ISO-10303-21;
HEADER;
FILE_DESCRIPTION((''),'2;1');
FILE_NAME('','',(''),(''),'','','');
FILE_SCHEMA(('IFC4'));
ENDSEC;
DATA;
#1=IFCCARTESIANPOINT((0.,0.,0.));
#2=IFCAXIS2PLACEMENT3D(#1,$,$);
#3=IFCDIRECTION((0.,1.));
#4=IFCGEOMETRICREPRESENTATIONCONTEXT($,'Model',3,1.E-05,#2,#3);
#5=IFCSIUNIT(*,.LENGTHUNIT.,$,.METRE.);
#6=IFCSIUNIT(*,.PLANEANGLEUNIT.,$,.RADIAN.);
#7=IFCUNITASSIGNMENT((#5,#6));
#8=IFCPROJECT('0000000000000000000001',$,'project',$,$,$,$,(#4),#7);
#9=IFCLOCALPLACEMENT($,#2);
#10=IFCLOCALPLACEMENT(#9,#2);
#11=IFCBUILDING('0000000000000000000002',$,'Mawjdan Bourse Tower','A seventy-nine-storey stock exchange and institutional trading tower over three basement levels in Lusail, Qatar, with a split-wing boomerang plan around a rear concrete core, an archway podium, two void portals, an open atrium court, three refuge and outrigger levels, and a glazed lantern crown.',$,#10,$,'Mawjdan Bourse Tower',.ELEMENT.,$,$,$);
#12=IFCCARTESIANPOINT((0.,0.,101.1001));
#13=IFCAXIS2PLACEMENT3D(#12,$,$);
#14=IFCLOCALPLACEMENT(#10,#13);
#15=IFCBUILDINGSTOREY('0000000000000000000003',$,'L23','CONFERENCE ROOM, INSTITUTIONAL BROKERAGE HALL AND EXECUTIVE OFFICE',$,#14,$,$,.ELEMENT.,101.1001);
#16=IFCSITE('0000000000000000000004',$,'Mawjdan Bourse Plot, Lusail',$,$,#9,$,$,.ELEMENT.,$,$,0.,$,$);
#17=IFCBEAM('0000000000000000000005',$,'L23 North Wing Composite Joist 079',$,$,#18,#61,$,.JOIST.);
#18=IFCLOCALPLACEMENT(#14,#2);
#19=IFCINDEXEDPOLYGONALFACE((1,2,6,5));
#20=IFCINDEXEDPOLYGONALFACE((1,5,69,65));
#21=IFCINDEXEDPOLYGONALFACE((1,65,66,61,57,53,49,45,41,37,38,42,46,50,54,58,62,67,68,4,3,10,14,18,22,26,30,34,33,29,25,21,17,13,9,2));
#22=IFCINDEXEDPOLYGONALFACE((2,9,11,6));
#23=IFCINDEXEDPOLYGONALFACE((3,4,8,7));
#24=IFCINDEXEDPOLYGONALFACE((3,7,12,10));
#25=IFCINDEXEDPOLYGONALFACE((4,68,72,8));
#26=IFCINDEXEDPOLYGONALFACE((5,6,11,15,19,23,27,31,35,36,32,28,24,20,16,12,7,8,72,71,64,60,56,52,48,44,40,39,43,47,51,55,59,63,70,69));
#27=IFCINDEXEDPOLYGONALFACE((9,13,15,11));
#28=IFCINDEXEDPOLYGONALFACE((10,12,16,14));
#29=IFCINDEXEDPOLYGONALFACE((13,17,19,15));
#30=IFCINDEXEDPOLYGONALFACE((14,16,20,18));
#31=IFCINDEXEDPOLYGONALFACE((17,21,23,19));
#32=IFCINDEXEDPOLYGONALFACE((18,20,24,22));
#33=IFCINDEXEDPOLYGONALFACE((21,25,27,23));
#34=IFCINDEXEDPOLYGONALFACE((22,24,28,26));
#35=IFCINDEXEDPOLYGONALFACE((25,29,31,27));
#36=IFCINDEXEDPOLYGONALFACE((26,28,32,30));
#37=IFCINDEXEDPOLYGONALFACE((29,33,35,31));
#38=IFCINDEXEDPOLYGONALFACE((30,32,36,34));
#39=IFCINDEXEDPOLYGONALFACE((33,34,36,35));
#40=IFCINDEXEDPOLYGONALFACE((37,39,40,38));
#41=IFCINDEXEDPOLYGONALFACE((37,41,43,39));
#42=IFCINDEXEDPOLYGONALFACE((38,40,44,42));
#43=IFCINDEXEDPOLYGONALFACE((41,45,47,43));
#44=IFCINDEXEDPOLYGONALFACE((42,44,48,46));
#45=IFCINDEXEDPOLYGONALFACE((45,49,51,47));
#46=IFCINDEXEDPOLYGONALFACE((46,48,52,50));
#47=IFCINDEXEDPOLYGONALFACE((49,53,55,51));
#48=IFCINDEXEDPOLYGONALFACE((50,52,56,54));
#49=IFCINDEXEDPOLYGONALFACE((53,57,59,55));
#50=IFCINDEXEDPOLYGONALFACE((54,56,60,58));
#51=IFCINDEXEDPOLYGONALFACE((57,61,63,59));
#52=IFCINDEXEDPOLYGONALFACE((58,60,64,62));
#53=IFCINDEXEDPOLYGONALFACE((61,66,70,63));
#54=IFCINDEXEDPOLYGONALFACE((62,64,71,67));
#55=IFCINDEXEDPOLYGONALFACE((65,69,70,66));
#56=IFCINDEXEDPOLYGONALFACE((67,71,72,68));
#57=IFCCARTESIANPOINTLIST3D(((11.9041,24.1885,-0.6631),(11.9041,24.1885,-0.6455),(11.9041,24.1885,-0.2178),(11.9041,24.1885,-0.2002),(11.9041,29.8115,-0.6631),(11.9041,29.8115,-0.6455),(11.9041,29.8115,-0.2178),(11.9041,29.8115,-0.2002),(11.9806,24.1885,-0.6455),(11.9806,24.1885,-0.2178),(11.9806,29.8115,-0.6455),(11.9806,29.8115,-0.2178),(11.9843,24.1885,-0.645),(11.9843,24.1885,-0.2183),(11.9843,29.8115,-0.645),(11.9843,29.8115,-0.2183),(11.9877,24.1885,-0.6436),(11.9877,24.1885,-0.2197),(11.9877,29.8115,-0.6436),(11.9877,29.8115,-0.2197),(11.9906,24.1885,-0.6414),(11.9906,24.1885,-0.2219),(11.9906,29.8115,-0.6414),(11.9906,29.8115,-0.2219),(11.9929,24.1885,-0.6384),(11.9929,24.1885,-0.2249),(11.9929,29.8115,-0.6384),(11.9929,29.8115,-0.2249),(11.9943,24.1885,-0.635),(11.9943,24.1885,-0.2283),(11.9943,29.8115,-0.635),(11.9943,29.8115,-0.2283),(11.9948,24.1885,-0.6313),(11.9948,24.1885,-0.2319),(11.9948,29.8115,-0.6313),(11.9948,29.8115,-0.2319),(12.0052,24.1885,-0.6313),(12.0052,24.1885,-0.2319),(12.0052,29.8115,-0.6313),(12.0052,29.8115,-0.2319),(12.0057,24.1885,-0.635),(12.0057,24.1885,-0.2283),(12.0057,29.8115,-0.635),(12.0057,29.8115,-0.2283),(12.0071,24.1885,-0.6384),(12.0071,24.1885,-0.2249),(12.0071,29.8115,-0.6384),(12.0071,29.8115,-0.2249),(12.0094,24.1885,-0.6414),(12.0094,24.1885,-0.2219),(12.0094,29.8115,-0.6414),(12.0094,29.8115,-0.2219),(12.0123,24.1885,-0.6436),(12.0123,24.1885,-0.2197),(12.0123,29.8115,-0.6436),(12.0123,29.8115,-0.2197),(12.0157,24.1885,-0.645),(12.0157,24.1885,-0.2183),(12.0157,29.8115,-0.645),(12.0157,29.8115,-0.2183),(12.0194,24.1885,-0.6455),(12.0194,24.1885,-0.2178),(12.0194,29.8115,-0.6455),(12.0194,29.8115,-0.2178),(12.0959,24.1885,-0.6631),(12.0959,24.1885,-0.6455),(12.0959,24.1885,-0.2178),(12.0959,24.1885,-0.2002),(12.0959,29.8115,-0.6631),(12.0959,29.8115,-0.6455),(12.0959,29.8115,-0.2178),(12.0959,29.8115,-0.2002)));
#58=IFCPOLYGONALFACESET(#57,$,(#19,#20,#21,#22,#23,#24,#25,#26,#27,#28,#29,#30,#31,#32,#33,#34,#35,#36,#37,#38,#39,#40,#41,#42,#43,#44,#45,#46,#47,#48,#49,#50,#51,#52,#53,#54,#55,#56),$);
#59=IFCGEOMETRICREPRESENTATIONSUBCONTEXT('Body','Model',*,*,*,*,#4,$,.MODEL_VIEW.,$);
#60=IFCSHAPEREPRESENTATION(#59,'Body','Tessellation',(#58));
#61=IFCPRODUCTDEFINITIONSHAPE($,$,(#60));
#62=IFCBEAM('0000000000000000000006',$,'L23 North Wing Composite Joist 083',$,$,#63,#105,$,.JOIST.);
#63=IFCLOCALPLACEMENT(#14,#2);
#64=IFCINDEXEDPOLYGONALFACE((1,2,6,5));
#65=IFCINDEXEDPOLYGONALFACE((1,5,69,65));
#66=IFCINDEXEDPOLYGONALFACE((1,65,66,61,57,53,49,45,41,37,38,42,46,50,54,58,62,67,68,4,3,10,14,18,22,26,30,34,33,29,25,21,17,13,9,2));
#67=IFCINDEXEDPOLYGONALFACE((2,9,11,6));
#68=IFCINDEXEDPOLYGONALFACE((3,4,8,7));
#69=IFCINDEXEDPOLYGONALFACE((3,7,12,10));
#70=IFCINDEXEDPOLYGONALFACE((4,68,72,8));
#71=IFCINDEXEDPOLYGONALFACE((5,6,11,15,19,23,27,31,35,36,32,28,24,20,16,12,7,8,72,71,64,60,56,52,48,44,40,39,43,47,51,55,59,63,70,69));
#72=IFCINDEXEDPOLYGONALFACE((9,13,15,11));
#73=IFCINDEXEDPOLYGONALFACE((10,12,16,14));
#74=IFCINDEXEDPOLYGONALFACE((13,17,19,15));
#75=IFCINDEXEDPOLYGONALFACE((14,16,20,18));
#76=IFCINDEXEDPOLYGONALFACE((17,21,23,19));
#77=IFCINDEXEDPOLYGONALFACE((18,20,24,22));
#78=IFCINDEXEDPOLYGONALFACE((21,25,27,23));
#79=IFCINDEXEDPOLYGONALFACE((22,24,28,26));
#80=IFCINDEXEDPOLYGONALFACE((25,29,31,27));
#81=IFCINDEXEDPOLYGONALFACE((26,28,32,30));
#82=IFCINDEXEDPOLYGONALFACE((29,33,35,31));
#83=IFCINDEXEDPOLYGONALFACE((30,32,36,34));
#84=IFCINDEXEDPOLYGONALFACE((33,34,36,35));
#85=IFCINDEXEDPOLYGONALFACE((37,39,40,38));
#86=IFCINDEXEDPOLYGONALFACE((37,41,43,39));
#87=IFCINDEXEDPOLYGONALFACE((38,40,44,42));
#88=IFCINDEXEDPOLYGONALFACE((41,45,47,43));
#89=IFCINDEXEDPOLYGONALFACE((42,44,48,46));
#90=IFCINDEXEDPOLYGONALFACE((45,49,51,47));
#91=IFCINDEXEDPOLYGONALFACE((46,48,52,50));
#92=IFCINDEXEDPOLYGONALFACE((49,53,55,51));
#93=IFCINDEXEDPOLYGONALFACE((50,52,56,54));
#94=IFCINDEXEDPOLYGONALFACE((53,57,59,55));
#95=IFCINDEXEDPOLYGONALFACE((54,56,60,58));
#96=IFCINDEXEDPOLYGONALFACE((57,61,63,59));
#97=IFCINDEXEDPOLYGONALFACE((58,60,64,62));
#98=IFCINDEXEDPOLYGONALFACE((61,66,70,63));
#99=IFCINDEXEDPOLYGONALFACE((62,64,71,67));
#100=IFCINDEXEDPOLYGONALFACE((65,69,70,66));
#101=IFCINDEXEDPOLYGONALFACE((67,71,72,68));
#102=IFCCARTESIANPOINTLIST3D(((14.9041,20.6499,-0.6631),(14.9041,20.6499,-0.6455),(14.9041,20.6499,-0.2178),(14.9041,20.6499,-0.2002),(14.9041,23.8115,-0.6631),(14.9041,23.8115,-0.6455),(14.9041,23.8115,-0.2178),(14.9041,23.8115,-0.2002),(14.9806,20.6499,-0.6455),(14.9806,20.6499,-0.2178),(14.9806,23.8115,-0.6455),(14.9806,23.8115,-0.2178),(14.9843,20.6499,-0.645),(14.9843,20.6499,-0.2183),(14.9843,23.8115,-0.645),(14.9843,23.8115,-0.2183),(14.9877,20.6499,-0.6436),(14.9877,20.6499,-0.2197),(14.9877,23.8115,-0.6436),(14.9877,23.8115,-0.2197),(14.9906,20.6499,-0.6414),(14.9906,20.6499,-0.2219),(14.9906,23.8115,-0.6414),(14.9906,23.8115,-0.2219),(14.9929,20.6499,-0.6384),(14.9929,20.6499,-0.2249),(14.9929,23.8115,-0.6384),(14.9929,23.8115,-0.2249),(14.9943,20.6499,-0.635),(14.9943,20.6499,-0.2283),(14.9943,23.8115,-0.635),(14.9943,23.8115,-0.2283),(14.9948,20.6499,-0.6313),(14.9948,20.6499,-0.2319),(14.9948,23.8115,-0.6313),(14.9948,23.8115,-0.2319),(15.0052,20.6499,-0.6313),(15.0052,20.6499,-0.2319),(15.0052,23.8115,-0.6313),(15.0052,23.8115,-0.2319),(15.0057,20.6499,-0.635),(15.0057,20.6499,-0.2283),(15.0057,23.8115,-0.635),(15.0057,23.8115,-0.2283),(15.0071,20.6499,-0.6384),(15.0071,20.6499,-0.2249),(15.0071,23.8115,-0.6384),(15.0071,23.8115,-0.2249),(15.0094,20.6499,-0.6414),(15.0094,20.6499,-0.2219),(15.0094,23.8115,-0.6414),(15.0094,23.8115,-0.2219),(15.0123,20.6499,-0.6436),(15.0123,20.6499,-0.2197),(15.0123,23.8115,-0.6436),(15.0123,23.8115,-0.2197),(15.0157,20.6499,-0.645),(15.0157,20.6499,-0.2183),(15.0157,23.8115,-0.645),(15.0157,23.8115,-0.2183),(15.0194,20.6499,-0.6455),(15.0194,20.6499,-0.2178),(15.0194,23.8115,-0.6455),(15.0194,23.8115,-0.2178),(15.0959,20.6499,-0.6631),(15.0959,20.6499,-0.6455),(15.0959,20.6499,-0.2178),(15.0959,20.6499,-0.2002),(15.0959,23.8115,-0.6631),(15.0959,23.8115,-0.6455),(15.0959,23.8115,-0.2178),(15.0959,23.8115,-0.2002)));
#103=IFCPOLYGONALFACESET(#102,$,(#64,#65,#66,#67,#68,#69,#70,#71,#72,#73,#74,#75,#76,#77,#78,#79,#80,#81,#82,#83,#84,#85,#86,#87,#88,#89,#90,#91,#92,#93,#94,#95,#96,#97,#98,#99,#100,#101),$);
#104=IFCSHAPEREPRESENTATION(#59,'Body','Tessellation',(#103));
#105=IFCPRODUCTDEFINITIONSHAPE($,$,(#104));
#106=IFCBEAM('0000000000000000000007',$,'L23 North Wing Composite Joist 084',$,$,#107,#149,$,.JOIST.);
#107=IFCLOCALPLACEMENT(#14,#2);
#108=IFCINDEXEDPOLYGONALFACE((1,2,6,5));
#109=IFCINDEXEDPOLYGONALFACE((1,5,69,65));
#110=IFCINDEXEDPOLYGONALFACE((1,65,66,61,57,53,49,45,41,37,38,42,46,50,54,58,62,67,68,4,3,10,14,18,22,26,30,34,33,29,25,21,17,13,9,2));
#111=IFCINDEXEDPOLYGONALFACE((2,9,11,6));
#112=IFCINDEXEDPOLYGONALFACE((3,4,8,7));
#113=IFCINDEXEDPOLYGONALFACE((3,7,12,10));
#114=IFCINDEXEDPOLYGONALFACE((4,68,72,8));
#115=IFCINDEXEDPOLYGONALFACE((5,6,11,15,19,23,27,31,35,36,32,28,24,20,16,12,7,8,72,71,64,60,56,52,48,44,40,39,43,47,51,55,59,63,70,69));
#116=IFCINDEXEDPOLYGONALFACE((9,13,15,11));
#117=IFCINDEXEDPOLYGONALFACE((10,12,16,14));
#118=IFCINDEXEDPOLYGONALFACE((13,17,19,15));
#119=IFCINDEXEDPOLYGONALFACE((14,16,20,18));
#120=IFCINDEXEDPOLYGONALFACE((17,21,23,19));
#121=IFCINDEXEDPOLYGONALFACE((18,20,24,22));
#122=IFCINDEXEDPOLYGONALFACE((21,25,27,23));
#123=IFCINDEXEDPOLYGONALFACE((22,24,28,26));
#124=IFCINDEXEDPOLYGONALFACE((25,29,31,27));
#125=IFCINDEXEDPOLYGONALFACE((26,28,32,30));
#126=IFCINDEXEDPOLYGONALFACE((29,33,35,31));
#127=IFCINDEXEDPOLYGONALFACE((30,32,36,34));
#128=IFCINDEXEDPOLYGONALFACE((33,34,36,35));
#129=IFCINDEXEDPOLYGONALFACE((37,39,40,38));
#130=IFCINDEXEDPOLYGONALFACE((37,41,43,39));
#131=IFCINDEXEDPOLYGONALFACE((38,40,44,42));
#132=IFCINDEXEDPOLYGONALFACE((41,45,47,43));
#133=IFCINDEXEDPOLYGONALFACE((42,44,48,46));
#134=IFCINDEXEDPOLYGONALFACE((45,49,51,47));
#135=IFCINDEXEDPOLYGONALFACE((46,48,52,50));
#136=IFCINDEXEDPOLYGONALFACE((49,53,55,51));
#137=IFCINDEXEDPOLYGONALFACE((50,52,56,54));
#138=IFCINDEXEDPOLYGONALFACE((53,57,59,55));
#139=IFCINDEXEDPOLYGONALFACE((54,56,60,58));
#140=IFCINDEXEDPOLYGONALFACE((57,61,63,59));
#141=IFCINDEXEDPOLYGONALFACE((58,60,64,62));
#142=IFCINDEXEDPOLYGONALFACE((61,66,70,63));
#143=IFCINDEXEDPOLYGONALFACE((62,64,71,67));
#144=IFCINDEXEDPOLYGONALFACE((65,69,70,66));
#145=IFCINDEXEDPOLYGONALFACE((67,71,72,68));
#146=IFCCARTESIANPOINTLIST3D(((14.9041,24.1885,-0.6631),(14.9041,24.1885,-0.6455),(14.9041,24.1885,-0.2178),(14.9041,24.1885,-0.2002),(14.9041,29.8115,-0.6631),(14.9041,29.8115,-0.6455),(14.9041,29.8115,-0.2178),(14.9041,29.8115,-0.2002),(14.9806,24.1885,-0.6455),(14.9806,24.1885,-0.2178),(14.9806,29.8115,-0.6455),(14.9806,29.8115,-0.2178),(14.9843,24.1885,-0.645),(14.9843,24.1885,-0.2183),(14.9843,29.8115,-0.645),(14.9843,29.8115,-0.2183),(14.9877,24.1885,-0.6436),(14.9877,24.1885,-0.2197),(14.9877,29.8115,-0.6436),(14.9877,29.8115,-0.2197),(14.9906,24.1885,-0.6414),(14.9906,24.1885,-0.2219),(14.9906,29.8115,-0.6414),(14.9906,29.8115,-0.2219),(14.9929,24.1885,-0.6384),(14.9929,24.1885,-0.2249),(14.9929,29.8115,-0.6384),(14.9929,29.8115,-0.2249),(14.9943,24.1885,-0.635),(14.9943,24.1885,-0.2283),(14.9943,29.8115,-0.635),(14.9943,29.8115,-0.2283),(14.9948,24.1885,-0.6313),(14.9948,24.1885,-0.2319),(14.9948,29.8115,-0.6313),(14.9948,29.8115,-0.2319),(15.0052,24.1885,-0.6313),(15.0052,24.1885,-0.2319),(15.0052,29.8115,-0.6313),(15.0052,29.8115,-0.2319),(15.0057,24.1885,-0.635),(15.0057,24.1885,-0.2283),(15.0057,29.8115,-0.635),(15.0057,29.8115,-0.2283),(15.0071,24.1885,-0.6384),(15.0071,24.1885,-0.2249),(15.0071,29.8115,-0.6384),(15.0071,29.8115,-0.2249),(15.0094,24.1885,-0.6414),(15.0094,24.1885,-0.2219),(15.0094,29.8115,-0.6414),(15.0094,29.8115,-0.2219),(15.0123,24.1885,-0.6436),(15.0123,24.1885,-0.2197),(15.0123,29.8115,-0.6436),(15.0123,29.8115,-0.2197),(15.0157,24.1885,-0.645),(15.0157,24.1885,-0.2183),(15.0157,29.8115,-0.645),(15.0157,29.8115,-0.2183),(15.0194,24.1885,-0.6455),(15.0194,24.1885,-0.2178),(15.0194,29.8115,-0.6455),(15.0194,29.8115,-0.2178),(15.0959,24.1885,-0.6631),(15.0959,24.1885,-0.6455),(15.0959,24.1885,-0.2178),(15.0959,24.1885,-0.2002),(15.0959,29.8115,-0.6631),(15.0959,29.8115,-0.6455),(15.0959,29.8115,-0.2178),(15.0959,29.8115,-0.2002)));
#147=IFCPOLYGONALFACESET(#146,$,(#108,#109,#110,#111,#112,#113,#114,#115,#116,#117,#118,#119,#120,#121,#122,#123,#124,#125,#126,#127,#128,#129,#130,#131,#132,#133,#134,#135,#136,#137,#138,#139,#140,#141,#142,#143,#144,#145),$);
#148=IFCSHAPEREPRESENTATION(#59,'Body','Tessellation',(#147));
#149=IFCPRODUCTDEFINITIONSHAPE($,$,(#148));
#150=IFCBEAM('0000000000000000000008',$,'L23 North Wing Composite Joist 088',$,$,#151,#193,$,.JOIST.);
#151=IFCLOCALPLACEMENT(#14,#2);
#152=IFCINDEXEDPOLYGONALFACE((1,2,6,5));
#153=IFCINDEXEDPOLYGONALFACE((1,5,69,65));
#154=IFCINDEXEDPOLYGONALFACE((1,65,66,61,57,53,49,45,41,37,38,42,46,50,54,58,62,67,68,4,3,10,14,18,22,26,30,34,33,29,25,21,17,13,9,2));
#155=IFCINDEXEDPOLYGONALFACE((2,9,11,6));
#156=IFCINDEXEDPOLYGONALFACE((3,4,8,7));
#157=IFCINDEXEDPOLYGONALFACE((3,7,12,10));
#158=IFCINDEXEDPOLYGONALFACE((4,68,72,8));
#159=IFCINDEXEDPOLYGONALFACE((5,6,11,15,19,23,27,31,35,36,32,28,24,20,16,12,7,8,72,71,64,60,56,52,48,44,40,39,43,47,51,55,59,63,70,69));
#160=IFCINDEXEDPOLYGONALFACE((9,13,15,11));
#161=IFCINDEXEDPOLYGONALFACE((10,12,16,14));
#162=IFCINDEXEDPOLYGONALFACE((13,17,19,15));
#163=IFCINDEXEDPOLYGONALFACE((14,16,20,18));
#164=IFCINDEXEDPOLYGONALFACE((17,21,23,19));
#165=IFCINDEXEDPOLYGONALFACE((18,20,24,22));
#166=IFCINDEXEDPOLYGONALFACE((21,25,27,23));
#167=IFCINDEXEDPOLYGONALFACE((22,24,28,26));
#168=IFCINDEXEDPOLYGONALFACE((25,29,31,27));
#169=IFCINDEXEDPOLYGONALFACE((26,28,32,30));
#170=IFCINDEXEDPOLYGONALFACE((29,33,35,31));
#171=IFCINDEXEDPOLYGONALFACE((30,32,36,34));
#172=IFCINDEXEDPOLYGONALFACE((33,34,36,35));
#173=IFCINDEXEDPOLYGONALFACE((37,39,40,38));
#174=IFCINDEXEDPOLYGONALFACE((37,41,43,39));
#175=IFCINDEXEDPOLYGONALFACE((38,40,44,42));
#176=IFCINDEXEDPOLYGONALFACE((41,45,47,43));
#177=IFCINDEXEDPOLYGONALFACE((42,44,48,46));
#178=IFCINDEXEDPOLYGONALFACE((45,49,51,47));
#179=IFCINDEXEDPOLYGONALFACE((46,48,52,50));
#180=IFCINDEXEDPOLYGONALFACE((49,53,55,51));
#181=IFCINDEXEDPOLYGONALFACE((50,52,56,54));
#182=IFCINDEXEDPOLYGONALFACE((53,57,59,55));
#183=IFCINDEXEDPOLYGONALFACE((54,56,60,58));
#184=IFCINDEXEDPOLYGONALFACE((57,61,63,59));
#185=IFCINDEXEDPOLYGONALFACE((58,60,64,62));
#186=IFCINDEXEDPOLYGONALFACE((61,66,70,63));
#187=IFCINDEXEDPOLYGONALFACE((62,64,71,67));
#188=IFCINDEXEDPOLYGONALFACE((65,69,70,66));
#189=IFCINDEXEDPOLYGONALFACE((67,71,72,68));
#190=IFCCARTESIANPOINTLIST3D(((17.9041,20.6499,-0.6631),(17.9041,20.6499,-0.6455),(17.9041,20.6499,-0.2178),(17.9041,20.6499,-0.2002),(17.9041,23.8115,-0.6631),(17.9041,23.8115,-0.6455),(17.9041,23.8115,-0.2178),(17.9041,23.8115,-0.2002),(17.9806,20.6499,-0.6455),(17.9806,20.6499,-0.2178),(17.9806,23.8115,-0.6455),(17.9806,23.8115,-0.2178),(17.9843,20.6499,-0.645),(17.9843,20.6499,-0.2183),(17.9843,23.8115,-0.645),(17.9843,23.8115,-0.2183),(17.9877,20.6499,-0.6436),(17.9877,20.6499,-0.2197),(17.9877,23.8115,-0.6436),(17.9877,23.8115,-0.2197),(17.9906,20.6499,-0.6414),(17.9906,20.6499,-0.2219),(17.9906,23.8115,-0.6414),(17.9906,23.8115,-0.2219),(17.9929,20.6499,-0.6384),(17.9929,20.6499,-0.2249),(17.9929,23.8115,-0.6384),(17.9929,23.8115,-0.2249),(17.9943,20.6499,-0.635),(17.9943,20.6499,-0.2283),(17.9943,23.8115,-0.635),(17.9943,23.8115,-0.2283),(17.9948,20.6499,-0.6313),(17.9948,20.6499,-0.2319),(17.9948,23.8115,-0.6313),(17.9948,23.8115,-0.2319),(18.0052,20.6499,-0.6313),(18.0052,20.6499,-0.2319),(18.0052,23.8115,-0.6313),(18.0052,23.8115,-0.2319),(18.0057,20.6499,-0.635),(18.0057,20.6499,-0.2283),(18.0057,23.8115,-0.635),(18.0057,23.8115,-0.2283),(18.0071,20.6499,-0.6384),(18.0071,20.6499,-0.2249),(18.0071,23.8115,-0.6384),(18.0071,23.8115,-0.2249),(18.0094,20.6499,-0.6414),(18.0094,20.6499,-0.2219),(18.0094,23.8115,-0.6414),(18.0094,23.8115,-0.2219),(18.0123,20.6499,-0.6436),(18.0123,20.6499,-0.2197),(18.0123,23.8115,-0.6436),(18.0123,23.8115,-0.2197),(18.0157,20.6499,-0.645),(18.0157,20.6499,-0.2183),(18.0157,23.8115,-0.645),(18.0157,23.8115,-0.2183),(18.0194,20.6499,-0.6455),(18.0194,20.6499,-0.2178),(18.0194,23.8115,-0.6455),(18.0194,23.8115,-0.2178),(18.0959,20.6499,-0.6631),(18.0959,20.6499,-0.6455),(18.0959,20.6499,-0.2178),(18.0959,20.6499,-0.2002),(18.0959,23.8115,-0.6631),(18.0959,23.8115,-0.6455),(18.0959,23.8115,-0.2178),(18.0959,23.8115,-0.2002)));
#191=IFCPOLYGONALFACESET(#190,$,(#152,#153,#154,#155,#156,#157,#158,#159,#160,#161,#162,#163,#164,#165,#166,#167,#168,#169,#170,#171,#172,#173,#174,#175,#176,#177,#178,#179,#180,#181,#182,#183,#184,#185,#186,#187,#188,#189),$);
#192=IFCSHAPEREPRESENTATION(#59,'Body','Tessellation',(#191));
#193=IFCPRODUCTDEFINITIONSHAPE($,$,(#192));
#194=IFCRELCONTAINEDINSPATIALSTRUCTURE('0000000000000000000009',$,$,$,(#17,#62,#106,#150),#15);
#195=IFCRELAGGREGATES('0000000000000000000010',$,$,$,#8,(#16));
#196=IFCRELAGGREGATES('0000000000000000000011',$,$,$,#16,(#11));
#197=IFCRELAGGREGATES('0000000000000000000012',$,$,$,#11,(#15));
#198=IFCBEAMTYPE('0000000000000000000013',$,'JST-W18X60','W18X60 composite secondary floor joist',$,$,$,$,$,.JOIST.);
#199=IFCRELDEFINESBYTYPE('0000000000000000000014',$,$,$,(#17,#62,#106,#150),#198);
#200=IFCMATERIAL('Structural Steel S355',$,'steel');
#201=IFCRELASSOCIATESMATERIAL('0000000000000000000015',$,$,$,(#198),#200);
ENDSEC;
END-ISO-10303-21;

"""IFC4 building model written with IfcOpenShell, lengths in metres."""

from ifc_helpers import new_model, si_unit, direction, frame, origin, origin_2d, place, context, subcontext, project, spatial, i_section, extrude, material, material_profile, profile_set, type_object, element, save


model = new_model("IFC4")

# Units and contexts
model_context = context("Model", 3, precision=1e-05, world=origin(), true_north=direction((0.0, 1.0)))
body_context = subcontext(model_context, "Body", "Model", "MODEL_VIEW")
ifc_project = project(units=[si_unit("LENGTHUNIT", "METRE"), si_unit("PLANEANGLEUNIT", "RADIAN")], contexts=[model_context])

# Site, building, storey
site_placement = place(None, origin())
site = spatial("IfcSite", under=ifc_project, at=site_placement, Name="Mawjdan Bourse Plot, Lusail", CompositionType="ELEMENT", RefElevation=0.0)
building_placement = place(site_placement, origin())
building = spatial("IfcBuilding", under=site, at=building_placement, Name="Mawjdan Bourse Tower", Description="A seventy-nine-storey stock exchange and institutional trading tower over three basement levels in Lusail, Qatar, with a split-wing boomerang plan around a rear concrete core, an archway podium, two void portals, an open atrium court, three refuge and outrigger levels, and a glazed lantern crown.", LongName="Mawjdan Bourse Tower", CompositionType="ELEMENT")
storey_placement = place(building_placement, frame((0.0, 0.0, 101.1001)))
storey = spatial("IfcBuildingStorey", under=building, at=storey_placement, Name="L23", Description="CONFERENCE ROOM, INSTITUTIONAL BROKERAGE HALL AND EXECUTIVE OFFICE", CompositionType="ELEMENT", Elevation=101.1001)

# Beams
ifc_material_1 = material(Name="Structural Steel S355", Category="steel")
ifc_material_profile_1 = material_profile(ifc_material_1, i_section(OverallWidth=0.1919, OverallDepth=0.4629, WebThickness=0.0105, FlangeThickness=0.0176, FilletRadius=0.0142, at=origin_2d()), Name="W18X60")
ifc_profile_set_1 = profile_set([ifc_material_profile_1], Name="Structural Steel S355")
beam_type_1 = type_object("IfcBeamType", Name="JST-W18X60", Description="W18X60 composite secondary floor joist", PredefinedType="JOIST", material=ifc_profile_set_1)
beam_1_placement = place(storey_placement, frame((12.0, 24.1885, -0.4316), z_axis=(0.0, 1.0, 0.0), x_axis=(-1.0, 0.0, 0.0)))
element("IfcBeam", 1, at=beam_1_placement, inside=storey, type_object=beam_type_1, Name="L23 North Wing Composite Joist 079", PredefinedType="JOIST", context=body_context, shape_type="SweptSolid", body=[
    extrude(i_section(OverallWidth=0.1919, OverallDepth=0.4629, WebThickness=0.0105, FlangeThickness=0.0176, FilletRadius=0.0142, at=origin_2d()), origin(), (0.0, 0.0, 1.0), 5.623),
])
beam_2_placement = place(storey_placement, frame((15.0, 20.6499, -0.4316), z_axis=(0.0, 1.0, 0.0), x_axis=(-1.0, 0.0, 0.0)))
element("IfcBeam", 2, at=beam_2_placement, inside=storey, type_object=beam_type_1, Name="L23 North Wing Composite Joist 083", PredefinedType="JOIST", context=body_context, shape_type="SweptSolid", body=[
    extrude(i_section(OverallWidth=0.1919, OverallDepth=0.4629, WebThickness=0.0105, FlangeThickness=0.0176, FilletRadius=0.0142, at=origin_2d()), origin(), (0.0, 0.0, 1.0), 3.1616),
])
beam_3_placement = place(storey_placement, frame((15.0, 24.1885, -0.4316), z_axis=(0.0, 1.0, 0.0), x_axis=(-1.0, 0.0, 0.0)))
element("IfcBeam", 3, at=beam_3_placement, inside=storey, type_object=beam_type_1, Name="L23 North Wing Composite Joist 084", PredefinedType="JOIST", context=body_context, shape_type="SweptSolid", body=[
    extrude(i_section(OverallWidth=0.1919, OverallDepth=0.4629, WebThickness=0.0105, FlangeThickness=0.0176, FilletRadius=0.0142, at=origin_2d()), origin(), (0.0, 0.0, 1.0), 5.623),
])
beam_4_placement = place(storey_placement, frame((18.0, 20.6499, -0.4316), z_axis=(0.0, 1.0, 0.0), x_axis=(-1.0, 0.0, 0.0)))
element("IfcBeam", 4, at=beam_4_placement, inside=storey, type_object=beam_type_1, Name="L23 North Wing Composite Joist 088", PredefinedType="JOIST", context=body_context, shape_type="SweptSolid", body=[
    extrude(i_section(OverallWidth=0.1919, OverallDepth=0.4629, WebThickness=0.0105, FlangeThickness=0.0176, FilletRadius=0.0142, at=origin_2d()), origin(), (0.0, 0.0, 1.0), 3.1616),
])

save(model, "model.ifc")
